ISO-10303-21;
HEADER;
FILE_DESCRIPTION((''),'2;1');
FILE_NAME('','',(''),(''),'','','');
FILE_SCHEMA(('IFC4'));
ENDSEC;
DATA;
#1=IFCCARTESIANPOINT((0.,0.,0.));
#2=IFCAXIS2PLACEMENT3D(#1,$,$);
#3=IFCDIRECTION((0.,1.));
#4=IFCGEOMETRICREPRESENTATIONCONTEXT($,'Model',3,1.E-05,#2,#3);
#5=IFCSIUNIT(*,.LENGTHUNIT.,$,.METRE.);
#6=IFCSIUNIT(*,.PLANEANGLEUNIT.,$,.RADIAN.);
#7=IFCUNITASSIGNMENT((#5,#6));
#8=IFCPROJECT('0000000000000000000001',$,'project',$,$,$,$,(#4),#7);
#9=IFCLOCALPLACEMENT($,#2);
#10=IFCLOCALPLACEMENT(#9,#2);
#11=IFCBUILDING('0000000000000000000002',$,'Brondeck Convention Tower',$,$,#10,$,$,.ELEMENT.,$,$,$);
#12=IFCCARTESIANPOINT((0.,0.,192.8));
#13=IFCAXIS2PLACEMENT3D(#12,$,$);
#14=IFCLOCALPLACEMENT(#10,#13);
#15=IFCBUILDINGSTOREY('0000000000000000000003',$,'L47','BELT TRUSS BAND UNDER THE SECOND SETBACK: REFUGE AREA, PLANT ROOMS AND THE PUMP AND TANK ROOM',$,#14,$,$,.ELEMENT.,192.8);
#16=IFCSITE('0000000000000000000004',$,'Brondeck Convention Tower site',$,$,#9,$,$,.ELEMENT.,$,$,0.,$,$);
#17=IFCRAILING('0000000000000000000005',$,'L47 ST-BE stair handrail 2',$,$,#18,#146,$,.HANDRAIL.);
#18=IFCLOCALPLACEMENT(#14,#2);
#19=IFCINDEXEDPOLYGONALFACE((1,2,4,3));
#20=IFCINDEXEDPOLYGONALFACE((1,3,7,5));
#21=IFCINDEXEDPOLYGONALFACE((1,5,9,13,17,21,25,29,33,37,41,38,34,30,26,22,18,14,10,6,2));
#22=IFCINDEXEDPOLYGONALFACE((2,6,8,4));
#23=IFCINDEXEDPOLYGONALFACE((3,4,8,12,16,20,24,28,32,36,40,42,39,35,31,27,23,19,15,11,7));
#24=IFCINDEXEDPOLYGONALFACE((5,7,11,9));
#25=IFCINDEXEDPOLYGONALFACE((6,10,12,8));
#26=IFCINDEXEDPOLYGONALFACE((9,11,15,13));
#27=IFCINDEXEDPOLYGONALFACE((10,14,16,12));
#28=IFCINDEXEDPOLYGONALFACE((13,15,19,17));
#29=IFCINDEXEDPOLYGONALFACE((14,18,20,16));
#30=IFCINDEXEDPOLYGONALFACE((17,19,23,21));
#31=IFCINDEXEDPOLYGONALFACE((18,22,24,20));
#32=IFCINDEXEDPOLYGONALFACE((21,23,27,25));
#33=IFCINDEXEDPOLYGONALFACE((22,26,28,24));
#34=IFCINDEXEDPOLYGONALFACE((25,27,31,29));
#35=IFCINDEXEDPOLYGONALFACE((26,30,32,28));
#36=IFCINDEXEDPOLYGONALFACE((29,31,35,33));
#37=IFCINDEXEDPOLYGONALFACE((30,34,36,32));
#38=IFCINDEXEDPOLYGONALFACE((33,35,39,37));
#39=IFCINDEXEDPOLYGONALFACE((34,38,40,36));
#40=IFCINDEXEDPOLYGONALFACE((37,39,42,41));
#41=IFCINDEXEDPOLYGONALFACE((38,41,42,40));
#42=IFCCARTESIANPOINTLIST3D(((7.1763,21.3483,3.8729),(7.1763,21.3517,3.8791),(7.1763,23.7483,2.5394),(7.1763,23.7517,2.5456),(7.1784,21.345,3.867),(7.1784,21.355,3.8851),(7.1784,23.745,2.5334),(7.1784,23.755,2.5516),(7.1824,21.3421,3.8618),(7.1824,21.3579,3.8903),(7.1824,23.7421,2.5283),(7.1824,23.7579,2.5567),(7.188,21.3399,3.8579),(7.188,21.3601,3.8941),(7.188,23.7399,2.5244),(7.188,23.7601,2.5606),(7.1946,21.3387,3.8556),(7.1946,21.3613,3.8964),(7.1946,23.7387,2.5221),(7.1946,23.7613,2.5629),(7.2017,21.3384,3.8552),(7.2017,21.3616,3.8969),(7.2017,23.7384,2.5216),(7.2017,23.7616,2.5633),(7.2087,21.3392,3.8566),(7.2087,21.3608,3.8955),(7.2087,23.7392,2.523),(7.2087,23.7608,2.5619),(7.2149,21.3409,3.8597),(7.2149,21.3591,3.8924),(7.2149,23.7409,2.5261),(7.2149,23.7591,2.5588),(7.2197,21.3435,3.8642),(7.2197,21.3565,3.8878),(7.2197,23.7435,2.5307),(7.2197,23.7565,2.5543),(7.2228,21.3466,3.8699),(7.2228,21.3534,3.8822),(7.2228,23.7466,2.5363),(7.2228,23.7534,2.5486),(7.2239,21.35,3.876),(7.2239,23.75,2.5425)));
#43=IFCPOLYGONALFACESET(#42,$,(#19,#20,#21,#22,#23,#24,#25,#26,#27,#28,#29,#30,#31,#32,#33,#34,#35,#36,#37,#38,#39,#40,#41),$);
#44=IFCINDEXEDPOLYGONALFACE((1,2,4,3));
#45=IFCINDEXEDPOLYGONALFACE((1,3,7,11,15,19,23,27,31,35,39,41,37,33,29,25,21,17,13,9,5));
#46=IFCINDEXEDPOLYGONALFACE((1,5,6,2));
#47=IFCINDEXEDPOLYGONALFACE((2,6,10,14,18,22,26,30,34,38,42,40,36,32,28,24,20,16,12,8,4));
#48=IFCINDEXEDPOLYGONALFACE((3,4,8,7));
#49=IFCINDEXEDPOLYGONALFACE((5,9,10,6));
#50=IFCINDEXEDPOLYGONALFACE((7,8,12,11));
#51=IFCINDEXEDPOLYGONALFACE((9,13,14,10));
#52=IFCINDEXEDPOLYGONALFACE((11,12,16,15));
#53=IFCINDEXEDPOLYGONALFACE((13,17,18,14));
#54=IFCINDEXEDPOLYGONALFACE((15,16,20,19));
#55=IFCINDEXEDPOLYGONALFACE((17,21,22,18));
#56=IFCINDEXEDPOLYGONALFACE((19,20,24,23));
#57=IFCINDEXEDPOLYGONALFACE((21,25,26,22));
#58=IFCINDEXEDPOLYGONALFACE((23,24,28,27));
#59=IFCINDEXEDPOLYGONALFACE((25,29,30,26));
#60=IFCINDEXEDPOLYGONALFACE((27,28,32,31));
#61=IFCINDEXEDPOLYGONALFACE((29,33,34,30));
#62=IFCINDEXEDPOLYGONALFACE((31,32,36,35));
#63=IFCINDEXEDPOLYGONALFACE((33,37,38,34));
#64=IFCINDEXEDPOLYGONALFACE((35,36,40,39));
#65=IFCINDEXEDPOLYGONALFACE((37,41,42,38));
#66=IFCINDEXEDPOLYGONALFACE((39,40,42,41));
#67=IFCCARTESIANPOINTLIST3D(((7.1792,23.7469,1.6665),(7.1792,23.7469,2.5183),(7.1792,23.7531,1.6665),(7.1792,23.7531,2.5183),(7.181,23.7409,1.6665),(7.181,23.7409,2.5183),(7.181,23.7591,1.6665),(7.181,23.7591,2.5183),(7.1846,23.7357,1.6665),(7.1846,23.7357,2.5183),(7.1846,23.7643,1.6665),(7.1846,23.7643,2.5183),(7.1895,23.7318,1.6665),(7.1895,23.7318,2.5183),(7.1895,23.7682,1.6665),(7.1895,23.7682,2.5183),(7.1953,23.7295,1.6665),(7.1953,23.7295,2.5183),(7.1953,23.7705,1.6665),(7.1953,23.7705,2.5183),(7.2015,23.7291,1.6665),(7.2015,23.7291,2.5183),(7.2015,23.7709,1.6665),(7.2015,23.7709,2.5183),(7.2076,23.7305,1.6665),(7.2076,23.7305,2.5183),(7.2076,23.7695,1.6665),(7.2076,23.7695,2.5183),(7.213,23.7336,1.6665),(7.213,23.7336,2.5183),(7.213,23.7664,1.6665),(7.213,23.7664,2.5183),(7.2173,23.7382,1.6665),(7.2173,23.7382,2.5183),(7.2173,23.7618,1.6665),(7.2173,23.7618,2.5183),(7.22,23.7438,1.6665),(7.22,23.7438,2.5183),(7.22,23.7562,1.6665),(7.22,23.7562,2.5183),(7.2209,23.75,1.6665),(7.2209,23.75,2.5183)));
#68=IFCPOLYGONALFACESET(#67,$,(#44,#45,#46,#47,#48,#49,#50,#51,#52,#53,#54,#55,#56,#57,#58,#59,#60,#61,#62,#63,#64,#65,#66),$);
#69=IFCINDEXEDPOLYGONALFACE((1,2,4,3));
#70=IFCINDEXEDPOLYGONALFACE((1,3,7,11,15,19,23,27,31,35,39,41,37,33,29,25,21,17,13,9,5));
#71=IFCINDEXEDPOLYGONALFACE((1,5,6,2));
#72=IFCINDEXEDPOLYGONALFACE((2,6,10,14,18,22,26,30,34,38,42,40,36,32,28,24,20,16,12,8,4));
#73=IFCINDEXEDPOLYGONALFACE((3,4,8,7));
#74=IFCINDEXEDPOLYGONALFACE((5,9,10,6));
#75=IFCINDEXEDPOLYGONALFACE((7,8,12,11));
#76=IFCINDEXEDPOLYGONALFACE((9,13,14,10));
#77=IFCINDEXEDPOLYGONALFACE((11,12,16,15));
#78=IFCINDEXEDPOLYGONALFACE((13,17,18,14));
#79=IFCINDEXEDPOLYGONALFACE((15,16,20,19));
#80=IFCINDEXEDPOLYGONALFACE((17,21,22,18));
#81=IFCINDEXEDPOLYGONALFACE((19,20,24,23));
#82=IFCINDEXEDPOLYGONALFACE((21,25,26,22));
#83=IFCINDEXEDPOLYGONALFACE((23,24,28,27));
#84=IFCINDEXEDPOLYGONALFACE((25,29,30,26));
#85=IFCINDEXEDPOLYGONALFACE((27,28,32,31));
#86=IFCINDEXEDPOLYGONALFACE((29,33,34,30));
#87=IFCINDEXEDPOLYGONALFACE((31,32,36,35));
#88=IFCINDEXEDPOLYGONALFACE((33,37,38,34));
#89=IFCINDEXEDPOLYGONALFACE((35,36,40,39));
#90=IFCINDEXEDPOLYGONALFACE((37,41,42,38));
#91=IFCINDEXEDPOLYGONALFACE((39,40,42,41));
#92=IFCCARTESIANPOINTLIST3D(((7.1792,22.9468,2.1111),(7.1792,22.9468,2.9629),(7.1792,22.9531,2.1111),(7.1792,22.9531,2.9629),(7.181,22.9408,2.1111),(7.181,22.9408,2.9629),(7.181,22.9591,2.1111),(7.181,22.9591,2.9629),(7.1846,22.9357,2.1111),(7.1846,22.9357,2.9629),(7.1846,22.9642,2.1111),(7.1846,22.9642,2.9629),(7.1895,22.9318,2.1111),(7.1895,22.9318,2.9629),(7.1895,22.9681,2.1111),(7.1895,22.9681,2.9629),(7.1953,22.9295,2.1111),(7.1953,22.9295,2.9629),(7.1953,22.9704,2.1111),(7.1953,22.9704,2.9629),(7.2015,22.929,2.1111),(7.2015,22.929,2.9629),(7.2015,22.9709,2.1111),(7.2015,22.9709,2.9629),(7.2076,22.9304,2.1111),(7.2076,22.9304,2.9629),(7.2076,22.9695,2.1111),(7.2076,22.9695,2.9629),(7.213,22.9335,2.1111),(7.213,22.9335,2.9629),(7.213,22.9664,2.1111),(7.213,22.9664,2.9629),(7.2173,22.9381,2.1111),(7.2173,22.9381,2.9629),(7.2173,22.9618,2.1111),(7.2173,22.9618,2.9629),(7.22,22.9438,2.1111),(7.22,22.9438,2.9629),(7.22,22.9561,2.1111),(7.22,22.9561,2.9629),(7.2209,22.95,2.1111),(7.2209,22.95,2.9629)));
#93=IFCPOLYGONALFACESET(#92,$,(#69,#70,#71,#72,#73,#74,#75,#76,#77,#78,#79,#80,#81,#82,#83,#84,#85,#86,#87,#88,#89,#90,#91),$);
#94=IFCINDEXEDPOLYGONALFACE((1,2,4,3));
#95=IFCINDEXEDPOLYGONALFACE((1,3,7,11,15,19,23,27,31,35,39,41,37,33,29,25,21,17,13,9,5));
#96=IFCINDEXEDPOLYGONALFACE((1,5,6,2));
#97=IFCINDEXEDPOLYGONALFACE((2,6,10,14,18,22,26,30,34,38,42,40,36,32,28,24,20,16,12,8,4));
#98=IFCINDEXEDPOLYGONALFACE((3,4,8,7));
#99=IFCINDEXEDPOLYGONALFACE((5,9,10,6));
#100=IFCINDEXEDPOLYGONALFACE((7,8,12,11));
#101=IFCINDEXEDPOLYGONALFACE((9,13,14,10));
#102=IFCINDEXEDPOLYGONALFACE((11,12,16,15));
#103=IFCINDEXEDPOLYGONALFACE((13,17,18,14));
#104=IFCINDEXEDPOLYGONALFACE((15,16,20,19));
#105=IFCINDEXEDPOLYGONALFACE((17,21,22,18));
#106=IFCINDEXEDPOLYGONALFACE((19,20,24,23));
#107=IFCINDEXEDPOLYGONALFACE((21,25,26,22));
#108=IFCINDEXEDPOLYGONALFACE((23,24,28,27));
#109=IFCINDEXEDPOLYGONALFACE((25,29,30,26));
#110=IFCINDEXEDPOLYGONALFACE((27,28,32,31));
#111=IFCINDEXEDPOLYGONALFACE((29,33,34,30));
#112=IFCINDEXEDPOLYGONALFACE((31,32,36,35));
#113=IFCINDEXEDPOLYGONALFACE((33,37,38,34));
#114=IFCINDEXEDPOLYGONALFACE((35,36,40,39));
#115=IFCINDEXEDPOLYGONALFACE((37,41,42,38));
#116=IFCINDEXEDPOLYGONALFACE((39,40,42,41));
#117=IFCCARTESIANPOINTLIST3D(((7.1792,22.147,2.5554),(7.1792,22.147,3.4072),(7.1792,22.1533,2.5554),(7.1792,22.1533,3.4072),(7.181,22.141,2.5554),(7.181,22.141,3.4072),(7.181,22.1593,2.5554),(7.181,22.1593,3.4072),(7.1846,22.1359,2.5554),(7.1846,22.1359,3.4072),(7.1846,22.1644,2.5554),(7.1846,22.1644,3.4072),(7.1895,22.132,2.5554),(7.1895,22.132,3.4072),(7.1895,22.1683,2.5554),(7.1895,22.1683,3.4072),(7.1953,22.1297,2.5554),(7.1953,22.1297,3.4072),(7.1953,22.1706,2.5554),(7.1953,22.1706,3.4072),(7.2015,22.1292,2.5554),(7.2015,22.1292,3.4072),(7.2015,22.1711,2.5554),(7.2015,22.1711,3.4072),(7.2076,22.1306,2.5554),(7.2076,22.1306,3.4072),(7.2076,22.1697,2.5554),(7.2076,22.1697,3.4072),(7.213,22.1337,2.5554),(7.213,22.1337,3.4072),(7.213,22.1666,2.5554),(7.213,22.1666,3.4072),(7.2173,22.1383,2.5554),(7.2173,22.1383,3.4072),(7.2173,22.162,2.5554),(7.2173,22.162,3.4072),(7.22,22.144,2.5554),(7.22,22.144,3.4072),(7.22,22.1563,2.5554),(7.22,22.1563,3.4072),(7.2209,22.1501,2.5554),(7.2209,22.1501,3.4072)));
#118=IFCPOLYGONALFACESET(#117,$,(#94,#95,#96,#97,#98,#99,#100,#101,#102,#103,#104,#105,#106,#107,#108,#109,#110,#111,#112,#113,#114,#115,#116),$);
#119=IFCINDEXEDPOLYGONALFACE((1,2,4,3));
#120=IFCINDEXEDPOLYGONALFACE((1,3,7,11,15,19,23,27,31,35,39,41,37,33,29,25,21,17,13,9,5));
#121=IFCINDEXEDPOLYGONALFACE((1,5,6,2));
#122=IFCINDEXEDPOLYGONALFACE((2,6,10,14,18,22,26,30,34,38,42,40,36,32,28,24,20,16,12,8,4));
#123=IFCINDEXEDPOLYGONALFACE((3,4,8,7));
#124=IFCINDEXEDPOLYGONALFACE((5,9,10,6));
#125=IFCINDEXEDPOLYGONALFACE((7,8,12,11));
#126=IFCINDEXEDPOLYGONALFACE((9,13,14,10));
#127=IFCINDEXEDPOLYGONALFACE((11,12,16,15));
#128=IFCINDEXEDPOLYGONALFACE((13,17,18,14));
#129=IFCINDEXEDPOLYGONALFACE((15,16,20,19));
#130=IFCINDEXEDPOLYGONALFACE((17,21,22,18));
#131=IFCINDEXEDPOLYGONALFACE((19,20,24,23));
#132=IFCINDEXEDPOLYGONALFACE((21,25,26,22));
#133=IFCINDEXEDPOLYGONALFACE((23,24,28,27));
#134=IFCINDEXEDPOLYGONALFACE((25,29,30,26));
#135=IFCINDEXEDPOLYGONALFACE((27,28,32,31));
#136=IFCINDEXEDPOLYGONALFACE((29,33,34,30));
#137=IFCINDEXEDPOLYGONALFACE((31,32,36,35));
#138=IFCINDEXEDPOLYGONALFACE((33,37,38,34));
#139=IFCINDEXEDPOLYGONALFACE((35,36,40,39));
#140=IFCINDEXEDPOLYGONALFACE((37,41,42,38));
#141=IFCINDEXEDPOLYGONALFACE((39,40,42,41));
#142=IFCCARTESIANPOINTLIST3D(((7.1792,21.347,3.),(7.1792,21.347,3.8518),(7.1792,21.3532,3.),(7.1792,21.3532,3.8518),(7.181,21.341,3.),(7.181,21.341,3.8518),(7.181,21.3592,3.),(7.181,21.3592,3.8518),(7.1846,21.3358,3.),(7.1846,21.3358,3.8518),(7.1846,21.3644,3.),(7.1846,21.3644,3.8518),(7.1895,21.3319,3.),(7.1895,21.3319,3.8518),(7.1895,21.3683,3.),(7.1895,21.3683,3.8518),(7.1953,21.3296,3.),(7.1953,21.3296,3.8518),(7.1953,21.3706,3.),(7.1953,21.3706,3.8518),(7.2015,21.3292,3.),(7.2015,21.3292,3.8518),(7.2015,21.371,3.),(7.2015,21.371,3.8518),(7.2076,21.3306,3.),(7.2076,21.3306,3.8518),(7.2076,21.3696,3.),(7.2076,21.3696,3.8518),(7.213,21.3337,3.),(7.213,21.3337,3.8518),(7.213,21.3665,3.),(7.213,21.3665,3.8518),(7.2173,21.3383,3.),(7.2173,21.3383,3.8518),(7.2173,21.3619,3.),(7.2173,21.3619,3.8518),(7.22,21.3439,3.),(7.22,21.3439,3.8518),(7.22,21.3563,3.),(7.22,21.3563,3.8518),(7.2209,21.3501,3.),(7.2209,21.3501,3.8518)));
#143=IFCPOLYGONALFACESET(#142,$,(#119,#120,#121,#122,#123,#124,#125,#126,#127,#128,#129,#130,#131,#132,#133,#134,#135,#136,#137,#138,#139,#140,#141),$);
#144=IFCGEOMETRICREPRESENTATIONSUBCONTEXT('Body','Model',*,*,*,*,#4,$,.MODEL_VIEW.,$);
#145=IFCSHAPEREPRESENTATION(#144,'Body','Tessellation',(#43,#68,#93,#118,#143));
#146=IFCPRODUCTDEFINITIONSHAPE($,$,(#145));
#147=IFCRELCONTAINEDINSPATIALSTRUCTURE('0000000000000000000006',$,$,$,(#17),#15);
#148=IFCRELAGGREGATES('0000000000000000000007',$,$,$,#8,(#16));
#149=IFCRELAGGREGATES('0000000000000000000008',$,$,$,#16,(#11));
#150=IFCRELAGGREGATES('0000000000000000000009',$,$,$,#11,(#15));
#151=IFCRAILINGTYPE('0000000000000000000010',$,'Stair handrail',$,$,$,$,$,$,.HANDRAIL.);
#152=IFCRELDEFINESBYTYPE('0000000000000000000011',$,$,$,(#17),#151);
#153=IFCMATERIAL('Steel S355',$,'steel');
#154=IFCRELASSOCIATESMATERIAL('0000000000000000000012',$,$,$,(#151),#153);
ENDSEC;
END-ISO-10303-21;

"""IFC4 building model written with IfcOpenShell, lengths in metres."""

from ifc_helpers import new_model, si_unit, direction, frame, origin, origin_2d, place, context, subcontext, project, spatial, circle, extrude, material, type_object, element, save


model = new_model("IFC4")

# Units and contexts
model_context = context("Model", 3, precision=1e-05, world=origin(), true_north=direction((0.0, 1.0)))
body_context = subcontext(model_context, "Body", "Model", "MODEL_VIEW")
ifc_project = project(units=[si_unit("LENGTHUNIT", "METRE"), si_unit("PLANEANGLEUNIT", "RADIAN")], contexts=[model_context])

# Site, building, storey
site_placement = place(None, origin())
site = spatial("IfcSite", under=ifc_project, at=site_placement, Name="Brondeck Convention Tower site", CompositionType="ELEMENT", RefElevation=0.0)
building_placement = place(site_placement, origin())
building = spatial("IfcBuilding", under=site, at=building_placement, Name="Brondeck Convention Tower", CompositionType="ELEMENT")
storey_placement = place(building_placement, frame((0.0, 0.0, 192.8)))
storey = spatial("IfcBuildingStorey", under=building, at=storey_placement, Name="L47", Description="BELT TRUSS BAND UNDER THE SECOND SETBACK: REFUGE AREA, PLANT ROOMS AND THE PUMP AND TANK ROOM", CompositionType="ELEMENT", Elevation=192.8)

# Shared definitions
ifc_material_1 = material(Name="Steel S355", Category="steel")

# Railing
railing_type_1 = type_object("IfcRailingType", Name="Stair handrail", PredefinedType="HANDRAIL", material=ifc_material_1)
railing_1_placement = place(storey_placement, frame((7.2, 23.75, 1.6665)))
element("IfcRailing", 1, at=railing_1_placement, inside=storey, type_object=railing_type_1, Name="L47 ST-BE stair handrail 2", PredefinedType="HANDRAIL", context=body_context, shape_type="SweptSolid", body=[
    extrude(circle(Radius=0.0239, at=origin_2d()), frame((0.0, 0.0, 0.876), z_axis=(0.0, -0.874124, 0.485703), x_axis=(1.0, 0.0, 0.0)), (0.0, 0.0, 1.0), 2.7456),
    extrude(circle(Radius=0.021, at=origin_2d()), origin(), (0.0, 0.0, 1.0), 0.8518),
    extrude(circle(Radius=0.021, at=origin_2d()), frame((0.0, -0.8, 0.4446)), (0.0, 0.0, 1.0), 0.8518),
    extrude(circle(Radius=0.021, at=origin_2d()), frame((0.0, -1.5999, 0.8889)), (0.0, 0.0, 1.0), 0.8518),
    extrude(circle(Radius=0.021, at=origin_2d()), frame((0.0, -2.3999, 1.3335)), (0.0, 0.0, 1.0), 0.8518),
])

save(model, "model.ifc")
